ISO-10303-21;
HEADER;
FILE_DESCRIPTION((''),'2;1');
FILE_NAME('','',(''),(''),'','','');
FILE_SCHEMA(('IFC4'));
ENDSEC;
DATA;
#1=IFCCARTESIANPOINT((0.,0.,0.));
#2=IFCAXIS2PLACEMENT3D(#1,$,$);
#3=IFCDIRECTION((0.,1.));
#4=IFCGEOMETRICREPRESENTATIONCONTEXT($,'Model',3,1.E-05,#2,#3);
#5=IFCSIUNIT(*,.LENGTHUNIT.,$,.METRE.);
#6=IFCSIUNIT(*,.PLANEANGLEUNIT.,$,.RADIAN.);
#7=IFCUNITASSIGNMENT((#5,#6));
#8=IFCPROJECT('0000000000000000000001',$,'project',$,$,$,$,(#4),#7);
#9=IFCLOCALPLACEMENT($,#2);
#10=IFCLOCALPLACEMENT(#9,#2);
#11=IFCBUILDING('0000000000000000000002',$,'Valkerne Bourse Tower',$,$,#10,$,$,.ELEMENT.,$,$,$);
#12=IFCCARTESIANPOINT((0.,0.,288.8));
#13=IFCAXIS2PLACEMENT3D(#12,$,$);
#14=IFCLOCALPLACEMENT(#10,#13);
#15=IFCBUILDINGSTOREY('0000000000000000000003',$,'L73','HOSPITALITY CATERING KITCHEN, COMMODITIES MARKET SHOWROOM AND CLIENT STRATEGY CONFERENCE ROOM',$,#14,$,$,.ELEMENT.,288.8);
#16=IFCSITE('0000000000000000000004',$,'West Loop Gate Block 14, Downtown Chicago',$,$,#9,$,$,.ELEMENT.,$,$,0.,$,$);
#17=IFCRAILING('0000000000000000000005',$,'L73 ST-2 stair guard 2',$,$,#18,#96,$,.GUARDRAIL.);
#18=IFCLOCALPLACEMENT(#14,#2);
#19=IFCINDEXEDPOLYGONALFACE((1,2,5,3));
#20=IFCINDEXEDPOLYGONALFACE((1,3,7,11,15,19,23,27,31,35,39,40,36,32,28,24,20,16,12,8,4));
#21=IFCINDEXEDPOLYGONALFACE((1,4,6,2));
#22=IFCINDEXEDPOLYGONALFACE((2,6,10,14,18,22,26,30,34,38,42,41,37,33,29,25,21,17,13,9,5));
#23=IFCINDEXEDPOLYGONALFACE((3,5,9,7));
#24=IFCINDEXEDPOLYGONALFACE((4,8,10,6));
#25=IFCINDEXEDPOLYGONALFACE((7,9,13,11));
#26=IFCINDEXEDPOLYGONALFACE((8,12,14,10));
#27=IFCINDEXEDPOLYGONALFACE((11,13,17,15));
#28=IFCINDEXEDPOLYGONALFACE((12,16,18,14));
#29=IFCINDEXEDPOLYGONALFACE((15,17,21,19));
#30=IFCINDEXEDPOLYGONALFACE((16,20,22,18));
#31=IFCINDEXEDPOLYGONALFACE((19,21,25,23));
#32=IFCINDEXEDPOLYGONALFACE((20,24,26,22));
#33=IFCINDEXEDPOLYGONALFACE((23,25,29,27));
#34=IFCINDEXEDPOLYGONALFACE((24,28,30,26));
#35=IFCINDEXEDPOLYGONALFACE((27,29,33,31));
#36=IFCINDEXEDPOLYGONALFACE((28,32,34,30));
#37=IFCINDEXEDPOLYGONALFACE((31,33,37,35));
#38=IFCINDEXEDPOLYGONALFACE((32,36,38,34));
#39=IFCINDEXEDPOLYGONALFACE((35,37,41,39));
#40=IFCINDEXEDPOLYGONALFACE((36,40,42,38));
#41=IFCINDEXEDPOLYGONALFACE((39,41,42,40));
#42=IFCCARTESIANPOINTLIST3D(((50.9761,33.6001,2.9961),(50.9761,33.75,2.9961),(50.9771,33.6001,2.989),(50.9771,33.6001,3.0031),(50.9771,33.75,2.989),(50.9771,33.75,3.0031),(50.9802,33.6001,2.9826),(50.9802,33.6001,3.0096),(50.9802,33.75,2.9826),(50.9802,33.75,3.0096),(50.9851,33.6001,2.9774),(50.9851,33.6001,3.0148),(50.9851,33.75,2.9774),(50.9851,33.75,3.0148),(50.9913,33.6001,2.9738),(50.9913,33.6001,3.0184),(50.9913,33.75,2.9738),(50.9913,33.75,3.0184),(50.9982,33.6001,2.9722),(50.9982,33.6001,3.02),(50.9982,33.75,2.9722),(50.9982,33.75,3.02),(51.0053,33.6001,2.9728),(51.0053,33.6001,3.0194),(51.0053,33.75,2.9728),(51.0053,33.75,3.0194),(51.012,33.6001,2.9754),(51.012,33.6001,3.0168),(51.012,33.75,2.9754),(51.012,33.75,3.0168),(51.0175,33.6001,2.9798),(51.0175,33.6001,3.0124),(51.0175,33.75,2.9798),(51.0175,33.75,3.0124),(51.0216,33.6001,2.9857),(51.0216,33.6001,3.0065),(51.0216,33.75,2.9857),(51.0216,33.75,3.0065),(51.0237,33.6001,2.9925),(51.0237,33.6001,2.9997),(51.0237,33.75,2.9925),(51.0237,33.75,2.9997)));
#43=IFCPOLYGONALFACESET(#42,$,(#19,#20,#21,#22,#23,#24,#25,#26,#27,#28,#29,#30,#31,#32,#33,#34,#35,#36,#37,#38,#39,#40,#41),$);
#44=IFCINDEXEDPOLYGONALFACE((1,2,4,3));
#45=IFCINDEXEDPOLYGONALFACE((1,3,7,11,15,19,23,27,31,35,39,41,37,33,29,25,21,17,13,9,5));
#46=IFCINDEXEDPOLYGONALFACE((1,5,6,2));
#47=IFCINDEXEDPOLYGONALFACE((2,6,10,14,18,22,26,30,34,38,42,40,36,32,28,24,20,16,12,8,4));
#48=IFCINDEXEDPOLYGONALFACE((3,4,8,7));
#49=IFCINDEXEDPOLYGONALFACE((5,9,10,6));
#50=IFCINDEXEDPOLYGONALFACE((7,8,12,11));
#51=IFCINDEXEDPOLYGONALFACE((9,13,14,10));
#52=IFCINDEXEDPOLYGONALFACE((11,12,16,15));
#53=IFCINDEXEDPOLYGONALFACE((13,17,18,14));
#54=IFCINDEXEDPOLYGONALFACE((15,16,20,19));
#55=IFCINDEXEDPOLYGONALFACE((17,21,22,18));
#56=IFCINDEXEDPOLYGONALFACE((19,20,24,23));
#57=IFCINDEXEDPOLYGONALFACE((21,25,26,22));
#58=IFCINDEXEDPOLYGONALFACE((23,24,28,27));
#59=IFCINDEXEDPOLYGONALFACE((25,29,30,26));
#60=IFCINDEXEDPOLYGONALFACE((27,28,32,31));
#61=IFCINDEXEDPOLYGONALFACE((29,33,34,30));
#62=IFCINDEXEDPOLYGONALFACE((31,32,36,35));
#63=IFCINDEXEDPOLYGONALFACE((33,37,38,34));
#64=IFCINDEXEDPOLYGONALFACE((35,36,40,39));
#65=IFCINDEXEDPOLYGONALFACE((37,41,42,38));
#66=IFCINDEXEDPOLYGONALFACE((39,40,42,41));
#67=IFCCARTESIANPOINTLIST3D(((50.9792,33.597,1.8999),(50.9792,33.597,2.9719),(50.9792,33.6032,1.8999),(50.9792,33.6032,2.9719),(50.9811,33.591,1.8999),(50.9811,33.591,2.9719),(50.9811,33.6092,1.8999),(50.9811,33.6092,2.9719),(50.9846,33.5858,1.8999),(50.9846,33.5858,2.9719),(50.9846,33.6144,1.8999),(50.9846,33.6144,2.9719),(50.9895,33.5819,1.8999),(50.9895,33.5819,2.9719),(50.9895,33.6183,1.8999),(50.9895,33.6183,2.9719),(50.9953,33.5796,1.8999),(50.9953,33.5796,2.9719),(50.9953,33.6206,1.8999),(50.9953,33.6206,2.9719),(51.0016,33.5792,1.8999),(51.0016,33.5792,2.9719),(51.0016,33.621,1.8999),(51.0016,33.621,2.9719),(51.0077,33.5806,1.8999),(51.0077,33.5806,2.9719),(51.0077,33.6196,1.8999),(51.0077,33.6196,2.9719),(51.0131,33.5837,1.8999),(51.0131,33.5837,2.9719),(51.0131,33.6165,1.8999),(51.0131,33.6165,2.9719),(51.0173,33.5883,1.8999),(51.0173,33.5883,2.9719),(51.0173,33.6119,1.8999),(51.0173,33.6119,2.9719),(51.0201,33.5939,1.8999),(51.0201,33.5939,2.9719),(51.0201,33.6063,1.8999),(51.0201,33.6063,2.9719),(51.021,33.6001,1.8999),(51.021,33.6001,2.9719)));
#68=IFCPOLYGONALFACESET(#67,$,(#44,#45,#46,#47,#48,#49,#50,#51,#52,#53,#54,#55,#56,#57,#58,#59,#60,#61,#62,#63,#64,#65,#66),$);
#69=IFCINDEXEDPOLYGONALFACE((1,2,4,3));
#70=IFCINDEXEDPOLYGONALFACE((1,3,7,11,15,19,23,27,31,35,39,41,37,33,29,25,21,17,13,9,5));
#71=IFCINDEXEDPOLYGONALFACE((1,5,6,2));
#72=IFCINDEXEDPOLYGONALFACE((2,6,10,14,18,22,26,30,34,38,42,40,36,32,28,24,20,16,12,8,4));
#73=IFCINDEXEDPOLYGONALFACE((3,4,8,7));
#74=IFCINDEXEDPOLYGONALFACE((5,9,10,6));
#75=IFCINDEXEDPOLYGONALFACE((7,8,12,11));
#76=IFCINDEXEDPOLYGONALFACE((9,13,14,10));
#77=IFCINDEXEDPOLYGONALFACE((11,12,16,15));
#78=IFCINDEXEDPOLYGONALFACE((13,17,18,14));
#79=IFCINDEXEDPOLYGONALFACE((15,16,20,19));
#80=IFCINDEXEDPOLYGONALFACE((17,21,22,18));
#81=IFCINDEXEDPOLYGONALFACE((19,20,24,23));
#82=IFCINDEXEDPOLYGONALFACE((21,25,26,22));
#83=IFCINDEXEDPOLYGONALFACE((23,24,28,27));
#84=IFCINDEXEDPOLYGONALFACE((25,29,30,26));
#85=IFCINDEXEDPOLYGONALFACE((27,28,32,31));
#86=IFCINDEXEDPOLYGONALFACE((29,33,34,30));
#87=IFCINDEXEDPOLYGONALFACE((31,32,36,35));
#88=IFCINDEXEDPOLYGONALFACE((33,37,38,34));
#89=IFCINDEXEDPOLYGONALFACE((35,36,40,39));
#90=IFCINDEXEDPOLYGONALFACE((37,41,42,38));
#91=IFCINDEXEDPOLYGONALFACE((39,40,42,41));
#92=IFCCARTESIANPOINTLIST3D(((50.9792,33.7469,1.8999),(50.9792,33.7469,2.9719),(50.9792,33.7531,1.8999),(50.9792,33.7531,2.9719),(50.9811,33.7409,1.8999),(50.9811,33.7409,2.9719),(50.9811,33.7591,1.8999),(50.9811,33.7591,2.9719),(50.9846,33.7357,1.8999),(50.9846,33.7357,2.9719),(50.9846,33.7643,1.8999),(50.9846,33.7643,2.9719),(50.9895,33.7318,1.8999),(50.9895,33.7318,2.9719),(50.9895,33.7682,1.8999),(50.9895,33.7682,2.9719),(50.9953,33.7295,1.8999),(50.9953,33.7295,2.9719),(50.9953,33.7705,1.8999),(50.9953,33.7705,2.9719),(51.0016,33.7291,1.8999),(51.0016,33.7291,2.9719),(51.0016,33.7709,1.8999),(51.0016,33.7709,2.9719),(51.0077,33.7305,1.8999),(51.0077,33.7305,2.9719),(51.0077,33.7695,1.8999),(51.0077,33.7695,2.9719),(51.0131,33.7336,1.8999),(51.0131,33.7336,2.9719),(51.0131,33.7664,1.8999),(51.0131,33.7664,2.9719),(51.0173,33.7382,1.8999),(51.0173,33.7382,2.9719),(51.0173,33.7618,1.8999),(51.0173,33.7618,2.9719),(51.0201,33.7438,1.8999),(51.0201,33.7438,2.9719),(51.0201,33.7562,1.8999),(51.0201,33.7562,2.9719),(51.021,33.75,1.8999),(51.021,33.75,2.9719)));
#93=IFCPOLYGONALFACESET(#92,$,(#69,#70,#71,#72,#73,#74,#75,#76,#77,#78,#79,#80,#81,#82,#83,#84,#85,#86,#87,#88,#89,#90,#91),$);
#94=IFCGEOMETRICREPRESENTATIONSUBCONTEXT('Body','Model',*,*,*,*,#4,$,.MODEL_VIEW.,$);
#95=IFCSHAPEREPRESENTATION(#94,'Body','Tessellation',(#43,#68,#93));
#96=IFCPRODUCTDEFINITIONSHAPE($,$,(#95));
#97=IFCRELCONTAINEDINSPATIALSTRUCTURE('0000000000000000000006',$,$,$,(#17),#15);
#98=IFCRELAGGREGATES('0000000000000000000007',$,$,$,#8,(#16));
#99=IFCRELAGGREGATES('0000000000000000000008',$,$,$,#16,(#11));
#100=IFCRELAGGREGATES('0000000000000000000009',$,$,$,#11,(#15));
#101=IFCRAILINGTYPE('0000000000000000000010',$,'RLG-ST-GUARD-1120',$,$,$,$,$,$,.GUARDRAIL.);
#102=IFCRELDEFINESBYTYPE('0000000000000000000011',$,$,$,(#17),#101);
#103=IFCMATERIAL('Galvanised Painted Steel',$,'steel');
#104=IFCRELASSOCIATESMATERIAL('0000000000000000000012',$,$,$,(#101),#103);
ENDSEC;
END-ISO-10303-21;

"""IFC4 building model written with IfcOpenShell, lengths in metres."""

from ifc_helpers import new_model, si_unit, direction, frame, origin, origin_2d, place, context, subcontext, project, spatial, circle, extrude, material, type_object, element, save


model = new_model("IFC4")

# Units and contexts
model_context = context("Model", 3, precision=1e-05, world=origin(), true_north=direction((0.0, 1.0)))
body_context = subcontext(model_context, "Body", "Model", "MODEL_VIEW")
ifc_project = project(units=[si_unit("LENGTHUNIT", "METRE"), si_unit("PLANEANGLEUNIT", "RADIAN")], contexts=[model_context])

# Site, building, storey
site_placement = place(None, origin())
site = spatial("IfcSite", under=ifc_project, at=site_placement, Name="West Loop Gate Block 14, Downtown Chicago", CompositionType="ELEMENT", RefElevation=0.0)
building_placement = place(site_placement, origin())
building = spatial("IfcBuilding", under=site, at=building_placement, Name="Valkerne Bourse Tower", CompositionType="ELEMENT")
storey_placement = place(building_placement, frame((0.0, 0.0, 288.8)))
storey = spatial("IfcBuildingStorey", under=building, at=storey_placement, Name="L73", Description="HOSPITALITY CATERING KITCHEN, COMMODITIES MARKET SHOWROOM AND CLIENT STRATEGY CONFERENCE ROOM", CompositionType="ELEMENT", Elevation=288.8)

# Shared definitions
ifc_material_1 = material(Name="Galvanised Painted Steel", Category="steel")

# Railing
railing_type_1 = type_object("IfcRailingType", Name="RLG-ST-GUARD-1120", PredefinedType="GUARDRAIL", material=ifc_material_1)
railing_1_placement = place(storey_placement, frame((51.0, 33.6001, 1.8999)))
element("IfcRailing", 1, at=railing_1_placement, inside=storey, type_object=railing_type_1, Name="L73 ST-2 stair guard 2", PredefinedType="GUARDRAIL", context=body_context, shape_type="SweptSolid", body=[
    extrude(circle(Radius=0.0239, at=origin_2d()), frame((0.0, 0.0, 1.0962), z_axis=(0.0, 1.0, 0.0), x_axis=(-1.0, 0.0, 0.0)), (0.0, 0.0, 1.0), 0.1499),
    extrude(circle(Radius=0.021, at=origin_2d()), origin(), (0.0, 0.0, 1.0), 1.072),
    extrude(circle(Radius=0.021, at=origin_2d()), frame((0.0, 0.1499, 0.0)), (0.0, 0.0, 1.0), 1.072),
])

save(model, "model.ifc")
